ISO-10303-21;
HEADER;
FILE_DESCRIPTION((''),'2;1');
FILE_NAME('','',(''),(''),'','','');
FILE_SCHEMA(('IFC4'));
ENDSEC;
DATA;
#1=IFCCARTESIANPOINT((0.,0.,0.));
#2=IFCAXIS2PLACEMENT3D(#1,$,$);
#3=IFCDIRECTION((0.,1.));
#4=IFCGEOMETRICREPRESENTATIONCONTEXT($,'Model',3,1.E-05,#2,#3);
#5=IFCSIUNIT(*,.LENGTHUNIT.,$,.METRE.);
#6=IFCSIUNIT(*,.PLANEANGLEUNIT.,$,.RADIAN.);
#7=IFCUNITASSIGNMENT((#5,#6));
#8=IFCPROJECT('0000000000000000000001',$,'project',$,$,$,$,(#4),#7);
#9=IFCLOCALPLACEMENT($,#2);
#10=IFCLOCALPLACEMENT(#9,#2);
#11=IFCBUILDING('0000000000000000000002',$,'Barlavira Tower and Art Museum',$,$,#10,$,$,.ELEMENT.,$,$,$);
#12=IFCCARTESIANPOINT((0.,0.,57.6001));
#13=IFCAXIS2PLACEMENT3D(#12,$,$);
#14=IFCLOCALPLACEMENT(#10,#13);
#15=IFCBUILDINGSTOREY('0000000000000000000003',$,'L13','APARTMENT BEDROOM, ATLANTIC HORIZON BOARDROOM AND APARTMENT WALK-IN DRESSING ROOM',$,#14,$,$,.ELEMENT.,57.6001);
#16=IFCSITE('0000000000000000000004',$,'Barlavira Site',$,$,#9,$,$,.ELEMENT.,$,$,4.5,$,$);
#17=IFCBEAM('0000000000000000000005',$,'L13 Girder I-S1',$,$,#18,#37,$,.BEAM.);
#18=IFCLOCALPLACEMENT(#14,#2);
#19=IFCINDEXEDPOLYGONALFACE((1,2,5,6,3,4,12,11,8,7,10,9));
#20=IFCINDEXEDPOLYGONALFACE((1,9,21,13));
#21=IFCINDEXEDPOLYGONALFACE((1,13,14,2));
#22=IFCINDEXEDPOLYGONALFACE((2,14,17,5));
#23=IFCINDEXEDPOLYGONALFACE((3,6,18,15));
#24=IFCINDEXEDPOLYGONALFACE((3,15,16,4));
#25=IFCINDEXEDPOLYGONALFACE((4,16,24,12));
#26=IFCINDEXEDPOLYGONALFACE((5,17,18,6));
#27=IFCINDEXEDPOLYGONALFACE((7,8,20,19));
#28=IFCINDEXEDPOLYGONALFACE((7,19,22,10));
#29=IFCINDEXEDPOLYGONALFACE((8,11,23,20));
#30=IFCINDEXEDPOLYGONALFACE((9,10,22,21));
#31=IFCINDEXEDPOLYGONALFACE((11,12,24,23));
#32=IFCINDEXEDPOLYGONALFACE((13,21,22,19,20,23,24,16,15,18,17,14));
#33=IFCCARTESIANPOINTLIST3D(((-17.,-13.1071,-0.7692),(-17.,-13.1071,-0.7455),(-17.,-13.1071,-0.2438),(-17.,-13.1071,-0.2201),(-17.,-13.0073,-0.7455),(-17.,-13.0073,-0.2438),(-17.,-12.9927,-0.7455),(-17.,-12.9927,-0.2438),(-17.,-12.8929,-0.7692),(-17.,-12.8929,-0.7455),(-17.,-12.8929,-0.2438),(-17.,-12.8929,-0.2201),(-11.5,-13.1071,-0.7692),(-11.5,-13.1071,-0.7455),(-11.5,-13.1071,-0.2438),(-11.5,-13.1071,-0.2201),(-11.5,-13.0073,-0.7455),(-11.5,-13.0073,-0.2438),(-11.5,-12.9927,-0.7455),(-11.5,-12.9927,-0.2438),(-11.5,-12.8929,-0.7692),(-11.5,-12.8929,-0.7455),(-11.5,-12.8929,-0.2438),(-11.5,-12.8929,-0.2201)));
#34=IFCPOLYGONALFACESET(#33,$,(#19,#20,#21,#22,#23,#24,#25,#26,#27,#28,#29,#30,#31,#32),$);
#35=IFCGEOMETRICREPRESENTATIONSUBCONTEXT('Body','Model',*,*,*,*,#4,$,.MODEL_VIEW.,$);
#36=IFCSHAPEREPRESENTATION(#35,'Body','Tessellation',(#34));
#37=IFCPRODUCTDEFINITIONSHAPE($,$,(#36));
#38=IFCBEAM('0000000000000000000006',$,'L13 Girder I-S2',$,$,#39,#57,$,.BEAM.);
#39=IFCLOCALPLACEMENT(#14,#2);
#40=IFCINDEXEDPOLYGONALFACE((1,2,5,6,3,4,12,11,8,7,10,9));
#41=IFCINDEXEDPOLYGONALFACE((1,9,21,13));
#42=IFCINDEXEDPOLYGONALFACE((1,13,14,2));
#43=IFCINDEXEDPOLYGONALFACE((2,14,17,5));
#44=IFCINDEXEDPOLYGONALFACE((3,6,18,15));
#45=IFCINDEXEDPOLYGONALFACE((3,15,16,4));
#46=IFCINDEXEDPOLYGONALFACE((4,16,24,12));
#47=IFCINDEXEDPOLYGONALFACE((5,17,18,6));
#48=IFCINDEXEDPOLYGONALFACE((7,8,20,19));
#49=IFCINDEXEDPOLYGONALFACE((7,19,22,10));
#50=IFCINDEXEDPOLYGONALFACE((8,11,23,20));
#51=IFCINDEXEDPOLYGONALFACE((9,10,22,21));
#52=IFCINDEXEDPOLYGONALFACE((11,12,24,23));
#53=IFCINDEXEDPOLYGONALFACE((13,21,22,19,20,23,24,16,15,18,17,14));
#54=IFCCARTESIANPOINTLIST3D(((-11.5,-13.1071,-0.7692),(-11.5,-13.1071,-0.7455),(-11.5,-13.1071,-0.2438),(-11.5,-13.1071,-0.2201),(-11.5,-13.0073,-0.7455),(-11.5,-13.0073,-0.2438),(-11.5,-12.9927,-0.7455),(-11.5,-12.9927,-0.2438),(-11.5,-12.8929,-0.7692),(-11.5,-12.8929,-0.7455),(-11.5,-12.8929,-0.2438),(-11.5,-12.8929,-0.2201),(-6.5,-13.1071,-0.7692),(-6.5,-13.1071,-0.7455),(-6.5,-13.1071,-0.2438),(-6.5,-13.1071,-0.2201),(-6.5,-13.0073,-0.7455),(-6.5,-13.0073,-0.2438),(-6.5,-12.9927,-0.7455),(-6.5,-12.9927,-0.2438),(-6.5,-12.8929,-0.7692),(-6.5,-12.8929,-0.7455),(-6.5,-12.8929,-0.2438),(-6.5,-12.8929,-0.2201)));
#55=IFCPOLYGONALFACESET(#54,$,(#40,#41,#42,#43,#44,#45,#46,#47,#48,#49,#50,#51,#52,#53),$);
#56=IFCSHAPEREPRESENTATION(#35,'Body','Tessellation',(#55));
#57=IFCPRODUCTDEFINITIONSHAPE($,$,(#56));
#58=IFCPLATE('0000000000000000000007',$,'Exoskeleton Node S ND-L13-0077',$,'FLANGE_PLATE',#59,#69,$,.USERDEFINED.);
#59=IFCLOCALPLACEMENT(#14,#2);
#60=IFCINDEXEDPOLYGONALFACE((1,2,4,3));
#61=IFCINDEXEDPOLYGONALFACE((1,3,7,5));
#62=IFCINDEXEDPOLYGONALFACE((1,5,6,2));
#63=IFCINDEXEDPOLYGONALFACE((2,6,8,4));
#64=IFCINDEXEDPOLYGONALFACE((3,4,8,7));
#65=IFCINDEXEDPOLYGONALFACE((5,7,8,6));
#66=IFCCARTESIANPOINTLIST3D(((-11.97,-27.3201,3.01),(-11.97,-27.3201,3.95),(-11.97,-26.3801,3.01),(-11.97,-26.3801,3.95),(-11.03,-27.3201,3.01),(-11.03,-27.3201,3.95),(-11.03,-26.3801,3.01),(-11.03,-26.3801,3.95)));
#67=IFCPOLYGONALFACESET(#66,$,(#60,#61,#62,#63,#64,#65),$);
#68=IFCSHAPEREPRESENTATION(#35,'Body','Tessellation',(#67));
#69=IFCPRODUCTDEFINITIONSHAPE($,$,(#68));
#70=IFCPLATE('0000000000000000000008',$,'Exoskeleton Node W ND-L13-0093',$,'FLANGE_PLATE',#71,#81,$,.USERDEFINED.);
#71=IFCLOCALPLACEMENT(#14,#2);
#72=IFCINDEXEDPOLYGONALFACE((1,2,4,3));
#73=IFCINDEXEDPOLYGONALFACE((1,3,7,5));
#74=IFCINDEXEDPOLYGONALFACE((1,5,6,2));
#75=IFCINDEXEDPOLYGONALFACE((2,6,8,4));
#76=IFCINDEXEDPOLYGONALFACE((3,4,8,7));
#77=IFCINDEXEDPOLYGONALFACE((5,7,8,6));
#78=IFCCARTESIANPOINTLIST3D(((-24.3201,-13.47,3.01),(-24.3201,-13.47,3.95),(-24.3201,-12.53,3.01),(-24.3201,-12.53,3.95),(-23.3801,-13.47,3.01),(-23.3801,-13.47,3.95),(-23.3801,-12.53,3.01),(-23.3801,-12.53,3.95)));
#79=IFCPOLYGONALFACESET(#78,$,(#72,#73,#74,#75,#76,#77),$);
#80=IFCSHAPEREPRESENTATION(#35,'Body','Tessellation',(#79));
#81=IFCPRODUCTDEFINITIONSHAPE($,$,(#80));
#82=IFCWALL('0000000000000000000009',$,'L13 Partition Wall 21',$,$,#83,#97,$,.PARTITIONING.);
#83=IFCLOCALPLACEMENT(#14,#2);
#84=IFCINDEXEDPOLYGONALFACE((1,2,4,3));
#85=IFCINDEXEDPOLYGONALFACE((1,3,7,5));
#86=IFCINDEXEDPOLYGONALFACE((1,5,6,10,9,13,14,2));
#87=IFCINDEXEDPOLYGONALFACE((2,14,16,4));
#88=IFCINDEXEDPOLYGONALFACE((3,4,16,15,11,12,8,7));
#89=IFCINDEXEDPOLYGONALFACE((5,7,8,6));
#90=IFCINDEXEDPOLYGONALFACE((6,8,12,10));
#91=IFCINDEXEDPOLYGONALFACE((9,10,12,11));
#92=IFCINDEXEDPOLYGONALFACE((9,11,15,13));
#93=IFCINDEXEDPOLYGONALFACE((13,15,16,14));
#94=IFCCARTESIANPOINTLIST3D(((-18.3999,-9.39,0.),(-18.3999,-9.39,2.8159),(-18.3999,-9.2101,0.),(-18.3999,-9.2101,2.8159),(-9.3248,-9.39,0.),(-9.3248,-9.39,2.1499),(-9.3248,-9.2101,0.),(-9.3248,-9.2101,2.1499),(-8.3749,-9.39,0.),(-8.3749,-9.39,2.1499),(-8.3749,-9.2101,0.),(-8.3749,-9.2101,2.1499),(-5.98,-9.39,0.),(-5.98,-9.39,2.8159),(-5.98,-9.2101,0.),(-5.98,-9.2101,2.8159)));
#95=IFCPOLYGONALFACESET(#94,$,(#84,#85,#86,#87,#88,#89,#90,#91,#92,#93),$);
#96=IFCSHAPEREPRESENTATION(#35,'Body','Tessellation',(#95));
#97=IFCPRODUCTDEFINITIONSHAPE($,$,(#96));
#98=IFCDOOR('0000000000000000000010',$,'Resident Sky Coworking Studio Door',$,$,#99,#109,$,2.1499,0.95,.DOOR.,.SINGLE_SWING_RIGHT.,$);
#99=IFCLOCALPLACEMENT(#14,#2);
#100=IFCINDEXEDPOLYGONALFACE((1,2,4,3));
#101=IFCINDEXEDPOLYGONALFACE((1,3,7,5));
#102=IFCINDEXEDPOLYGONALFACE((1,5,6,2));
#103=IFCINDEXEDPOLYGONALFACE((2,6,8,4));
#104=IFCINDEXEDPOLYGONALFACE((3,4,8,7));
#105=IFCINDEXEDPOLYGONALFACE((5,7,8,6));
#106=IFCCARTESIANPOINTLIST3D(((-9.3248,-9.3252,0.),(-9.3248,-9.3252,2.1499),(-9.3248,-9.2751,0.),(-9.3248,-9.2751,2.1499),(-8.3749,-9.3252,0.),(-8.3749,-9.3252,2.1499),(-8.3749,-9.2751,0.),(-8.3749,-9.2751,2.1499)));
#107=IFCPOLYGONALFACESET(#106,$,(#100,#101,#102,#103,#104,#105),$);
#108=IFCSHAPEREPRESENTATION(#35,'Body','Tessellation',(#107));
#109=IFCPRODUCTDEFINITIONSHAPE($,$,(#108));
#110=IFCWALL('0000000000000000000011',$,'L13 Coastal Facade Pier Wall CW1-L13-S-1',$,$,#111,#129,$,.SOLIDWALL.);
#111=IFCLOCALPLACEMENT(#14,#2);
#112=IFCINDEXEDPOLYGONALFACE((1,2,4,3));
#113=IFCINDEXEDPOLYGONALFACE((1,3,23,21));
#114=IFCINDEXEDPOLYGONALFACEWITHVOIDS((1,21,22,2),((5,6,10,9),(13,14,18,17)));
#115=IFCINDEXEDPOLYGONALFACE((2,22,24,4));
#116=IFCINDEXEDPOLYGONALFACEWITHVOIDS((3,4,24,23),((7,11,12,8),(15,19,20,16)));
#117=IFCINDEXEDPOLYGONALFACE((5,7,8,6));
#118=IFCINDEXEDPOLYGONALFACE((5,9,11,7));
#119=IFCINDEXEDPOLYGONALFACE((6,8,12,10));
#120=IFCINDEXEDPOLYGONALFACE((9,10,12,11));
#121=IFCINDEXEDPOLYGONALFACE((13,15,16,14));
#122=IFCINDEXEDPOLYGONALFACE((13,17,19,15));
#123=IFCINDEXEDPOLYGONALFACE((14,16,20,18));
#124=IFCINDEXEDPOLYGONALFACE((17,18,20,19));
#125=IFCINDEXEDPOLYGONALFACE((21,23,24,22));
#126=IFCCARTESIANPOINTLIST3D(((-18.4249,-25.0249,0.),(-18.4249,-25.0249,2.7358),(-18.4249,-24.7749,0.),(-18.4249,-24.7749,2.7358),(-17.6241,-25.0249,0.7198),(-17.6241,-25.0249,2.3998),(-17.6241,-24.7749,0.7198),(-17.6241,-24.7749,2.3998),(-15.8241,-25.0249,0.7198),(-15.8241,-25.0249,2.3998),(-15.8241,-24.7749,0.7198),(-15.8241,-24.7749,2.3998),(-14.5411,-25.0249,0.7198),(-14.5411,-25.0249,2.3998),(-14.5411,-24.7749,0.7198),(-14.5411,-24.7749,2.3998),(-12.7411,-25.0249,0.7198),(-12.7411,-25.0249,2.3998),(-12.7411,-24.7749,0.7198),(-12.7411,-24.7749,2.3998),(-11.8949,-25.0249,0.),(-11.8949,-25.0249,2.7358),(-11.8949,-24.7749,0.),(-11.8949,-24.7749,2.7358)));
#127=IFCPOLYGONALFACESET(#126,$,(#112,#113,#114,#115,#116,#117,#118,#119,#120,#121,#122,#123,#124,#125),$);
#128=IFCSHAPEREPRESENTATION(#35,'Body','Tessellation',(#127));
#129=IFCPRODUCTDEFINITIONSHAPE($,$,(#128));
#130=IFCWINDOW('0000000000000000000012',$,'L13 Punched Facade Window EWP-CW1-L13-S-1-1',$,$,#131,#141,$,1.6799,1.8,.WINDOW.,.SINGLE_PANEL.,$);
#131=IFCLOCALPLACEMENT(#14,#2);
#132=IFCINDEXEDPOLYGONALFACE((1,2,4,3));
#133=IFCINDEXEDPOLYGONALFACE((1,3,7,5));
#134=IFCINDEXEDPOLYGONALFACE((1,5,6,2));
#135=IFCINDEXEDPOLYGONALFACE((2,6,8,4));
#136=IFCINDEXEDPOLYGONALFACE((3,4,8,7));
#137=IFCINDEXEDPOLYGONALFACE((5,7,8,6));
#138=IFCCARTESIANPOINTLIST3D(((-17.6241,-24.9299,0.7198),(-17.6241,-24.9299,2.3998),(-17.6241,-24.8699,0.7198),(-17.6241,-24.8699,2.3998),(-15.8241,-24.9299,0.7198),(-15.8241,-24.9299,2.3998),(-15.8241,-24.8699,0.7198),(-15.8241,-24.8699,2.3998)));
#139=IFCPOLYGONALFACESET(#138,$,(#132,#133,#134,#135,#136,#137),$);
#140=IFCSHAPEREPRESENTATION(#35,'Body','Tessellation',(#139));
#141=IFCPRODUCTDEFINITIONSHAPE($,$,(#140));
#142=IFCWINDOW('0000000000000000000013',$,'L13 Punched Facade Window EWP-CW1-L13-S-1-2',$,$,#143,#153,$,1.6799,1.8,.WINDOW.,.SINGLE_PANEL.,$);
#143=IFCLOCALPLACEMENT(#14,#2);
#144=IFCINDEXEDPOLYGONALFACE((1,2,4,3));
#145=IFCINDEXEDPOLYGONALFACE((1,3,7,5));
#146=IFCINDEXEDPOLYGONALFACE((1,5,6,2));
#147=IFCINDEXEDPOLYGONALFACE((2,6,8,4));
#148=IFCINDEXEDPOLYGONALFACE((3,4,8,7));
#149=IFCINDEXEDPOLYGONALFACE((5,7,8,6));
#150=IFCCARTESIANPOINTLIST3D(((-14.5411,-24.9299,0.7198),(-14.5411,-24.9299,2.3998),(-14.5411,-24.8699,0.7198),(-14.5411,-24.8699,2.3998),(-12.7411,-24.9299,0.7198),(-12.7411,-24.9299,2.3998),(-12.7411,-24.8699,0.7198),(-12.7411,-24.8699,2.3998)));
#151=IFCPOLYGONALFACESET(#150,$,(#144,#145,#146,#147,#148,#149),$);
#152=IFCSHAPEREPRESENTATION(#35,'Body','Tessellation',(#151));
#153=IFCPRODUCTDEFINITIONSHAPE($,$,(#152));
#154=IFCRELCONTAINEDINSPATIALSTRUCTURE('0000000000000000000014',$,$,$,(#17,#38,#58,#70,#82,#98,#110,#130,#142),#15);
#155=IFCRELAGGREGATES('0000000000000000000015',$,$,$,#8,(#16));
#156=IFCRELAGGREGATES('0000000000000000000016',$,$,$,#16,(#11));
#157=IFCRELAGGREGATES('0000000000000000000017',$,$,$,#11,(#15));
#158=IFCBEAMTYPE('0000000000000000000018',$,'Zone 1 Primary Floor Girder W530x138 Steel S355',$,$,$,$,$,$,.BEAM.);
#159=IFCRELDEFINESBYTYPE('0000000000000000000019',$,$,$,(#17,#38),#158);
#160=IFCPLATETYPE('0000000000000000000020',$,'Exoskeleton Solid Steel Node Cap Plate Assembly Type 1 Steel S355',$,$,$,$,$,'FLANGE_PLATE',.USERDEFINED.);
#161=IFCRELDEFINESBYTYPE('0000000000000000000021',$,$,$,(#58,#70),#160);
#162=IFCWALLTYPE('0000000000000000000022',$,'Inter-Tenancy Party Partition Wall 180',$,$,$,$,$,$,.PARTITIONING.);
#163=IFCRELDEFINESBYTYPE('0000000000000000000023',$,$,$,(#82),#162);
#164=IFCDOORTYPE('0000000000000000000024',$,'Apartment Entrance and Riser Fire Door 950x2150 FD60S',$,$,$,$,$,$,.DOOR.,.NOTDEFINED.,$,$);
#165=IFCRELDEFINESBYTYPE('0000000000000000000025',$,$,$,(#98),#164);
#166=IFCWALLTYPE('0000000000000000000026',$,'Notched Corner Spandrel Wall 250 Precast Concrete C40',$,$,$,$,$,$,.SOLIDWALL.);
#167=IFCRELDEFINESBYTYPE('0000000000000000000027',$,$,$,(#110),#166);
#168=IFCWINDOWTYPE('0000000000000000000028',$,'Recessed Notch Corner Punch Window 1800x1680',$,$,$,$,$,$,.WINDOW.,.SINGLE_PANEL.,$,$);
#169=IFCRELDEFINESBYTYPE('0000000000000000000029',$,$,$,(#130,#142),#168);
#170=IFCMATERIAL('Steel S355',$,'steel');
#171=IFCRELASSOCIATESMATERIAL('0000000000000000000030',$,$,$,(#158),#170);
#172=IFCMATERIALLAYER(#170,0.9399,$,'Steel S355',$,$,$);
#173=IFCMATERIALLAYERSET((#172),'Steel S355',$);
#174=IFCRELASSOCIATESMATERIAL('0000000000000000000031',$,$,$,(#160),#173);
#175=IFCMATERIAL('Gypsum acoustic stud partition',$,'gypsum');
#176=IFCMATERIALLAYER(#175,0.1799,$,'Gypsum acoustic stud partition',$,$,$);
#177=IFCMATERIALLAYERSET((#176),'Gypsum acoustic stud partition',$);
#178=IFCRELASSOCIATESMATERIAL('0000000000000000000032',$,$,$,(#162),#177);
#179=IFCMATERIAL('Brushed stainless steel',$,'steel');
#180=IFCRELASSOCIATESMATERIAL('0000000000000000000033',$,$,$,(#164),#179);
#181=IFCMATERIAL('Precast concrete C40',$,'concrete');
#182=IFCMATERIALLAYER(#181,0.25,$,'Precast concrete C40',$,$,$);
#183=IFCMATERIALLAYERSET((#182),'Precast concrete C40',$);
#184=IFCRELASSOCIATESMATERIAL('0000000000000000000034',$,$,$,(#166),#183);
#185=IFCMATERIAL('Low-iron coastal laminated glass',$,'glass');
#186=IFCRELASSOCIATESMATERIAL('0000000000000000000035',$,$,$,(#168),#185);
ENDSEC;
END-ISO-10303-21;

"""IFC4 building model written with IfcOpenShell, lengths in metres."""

from ifc_helpers import new_model, si_unit, direction, frame, frame_2d, origin, origin_2d, place, context, subcontext, project, spatial, rectangle, i_section, extrude, material, layer, layer_set, material_profile, profile_set, type_object, element, fill, save


model = new_model("IFC4")

# Units and contexts
model_context = context("Model", 3, precision=1e-05, world=origin(), true_north=direction((0.0, 1.0)))
body_context = subcontext(model_context, "Body", "Model", "MODEL_VIEW")
ifc_project = project(units=[si_unit("LENGTHUNIT", "METRE"), si_unit("PLANEANGLEUNIT", "RADIAN")], contexts=[model_context])

# Site, building, storey
site_placement = place(None, origin())
site = spatial("IfcSite", under=ifc_project, at=site_placement, Name="Barlavira Site", CompositionType="ELEMENT", RefElevation=4.5)
building_placement = place(site_placement, origin())
building = spatial("IfcBuilding", under=site, at=building_placement, Name="Barlavira Tower and Art Museum", CompositionType="ELEMENT")
storey_placement = place(building_placement, frame((0.0, 0.0, 57.6001)))
storey = spatial("IfcBuildingStorey", under=building, at=storey_placement, Name="L13", Description="APARTMENT BEDROOM, ATLANTIC HORIZON BOARDROOM AND APARTMENT WALK-IN DRESSING ROOM", CompositionType="ELEMENT", Elevation=57.6001)

# Beams
ifc_material_1 = material(Name="Steel S355", Category="steel")
ifc_material_profile_1 = material_profile(ifc_material_1, i_section(OverallWidth=0.2141, OverallDepth=0.5491, WebThickness=0.0146, FlangeThickness=0.0237, at=origin_2d()), Name="W530x138.0")
ifc_profile_set_1 = profile_set([ifc_material_profile_1], Name="Steel S355")
beam_type_1 = type_object("IfcBeamType", Name="Zone 1 Primary Floor Girder W530x138 Steel S355", PredefinedType="BEAM", material=ifc_profile_set_1)
for number, where, z_axis, x_axis, name in (
    (1, (-17.0, -13.0, -0.4946), (1.0, 0.0, 0.0), (0.0, 1.0, 0.0), "L13 Girder I-S1"),
):
    element("IfcBeam", number, at=place(storey_placement, frame(where, z_axis=z_axis, x_axis=x_axis)), inside=storey, type_object=beam_type_1, Name=name, PredefinedType="BEAM", context=body_context, shape_type="SweptSolid", body=[
        extrude(i_section(OverallWidth=0.2141, OverallDepth=0.5491, WebThickness=0.0146, FlangeThickness=0.0237, at=origin_2d()), origin(), (0.0, 0.0, 1.0), 5.5),
    ])
beam_1_placement = place(storey_placement, frame((-11.5, -13.0, -0.4946), z_axis=(1.0, 0.0, 0.0), x_axis=(0.0, 1.0, 0.0)))
element("IfcBeam", 2, at=beam_1_placement, inside=storey, type_object=beam_type_1, Name="L13 Girder I-S2", PredefinedType="BEAM", context=body_context, shape_type="SweptSolid", body=[
    extrude(i_section(OverallWidth=0.2141, OverallDepth=0.5491, WebThickness=0.0146, FlangeThickness=0.0237, at=origin_2d()), origin(), (0.0, 0.0, 1.0), 5.0),
])

# Plates
ifc_layer_1 = layer(ifc_material_1, 0.9399, Name="Steel S355")
ifc_layer_set_1 = layer_set([ifc_layer_1], Name="Steel S355")
plate_type = type_object("IfcPlateType", Name="Exoskeleton Solid Steel Node Cap Plate Assembly Type 1 Steel S355", ElementType="FLANGE_PLATE", PredefinedType="USERDEFINED", material=ifc_layer_set_1)
for number, where, z_axis, x_axis, name in (
    (3, (-11.5, -26.8501, 3.01), (0.0, 0.0, 1.0), (1.0, 0.0, 0.0), "Exoskeleton Node S ND-L13-0077"),
    (4, (-23.8501, -13.0, 3.01), (0.0, 0.0, 1.0), (1.0, 0.0, 0.0), "Exoskeleton Node W ND-L13-0093"),
):
    element("IfcPlate", number, at=place(storey_placement, frame(where, z_axis=z_axis, x_axis=x_axis)), inside=storey, type_object=plate_type, Name=name, ObjectType="FLANGE_PLATE", PredefinedType="USERDEFINED", context=body_context, shape_type="SweptSolid", body=[
        extrude(rectangle(XDim=0.9399, YDim=0.9399, at=origin_2d()), origin(), (0.0, 0.0, 1.0), 0.9399),
    ])

# Wall, opening, door
ifc_material_2 = material(Name="Gypsum acoustic stud partition", Category="gypsum")
ifc_layer_2 = layer(ifc_material_2, 0.1799, Name="Gypsum acoustic stud partition")
ifc_layer_set_2 = layer_set([ifc_layer_2], Name="Gypsum acoustic stud partition")
wall_type_1 = type_object("IfcWallType", Name="Inter-Tenancy Party Partition Wall 180", PredefinedType="PARTITIONING", material=ifc_layer_set_2)
wall_1_placement = place(storey_placement, frame((-18.3999, -9.3, 0.0), z_axis=(0.0, 0.0, 1.0), x_axis=(1.0, 0.0, 0.0)))
wall_1 = element("IfcWall", 5, at=wall_1_placement, inside=storey, type_object=wall_type_1, Name="L13 Partition Wall 21", PredefinedType="PARTITIONING", context=body_context, shape_type="SweptSolid", body=[
    extrude(rectangle(XDim=12.4199, YDim=0.1799, at=frame_2d((6.21, 0.0))), origin(), (0.0, 0.0, 1.0), 2.8159),
])
opening_1_placement = place(wall_1_placement, frame((9.075, 0.0, 0.0)))
opening_1 = element("IfcOpeningElement", 6, at=opening_1_placement, cuts=wall_1, PredefinedType="OPENING", context=body_context, shape_type="SweptSolid", body=[
    extrude(rectangle(XDim=0.95, YDim=2.1499, at=frame_2d((0.4751, 1.075))), frame((0.0, 0.1001, 0.0), z_axis=(0.0, -1.0, 0.0), x_axis=(1.0, 0.0, 0.0)), (0.0, 0.0, 1.0), 0.2),
])
ifc_material_3 = material(Name="Brushed stainless steel", Category="steel")
door_type = type_object("IfcDoorType", Name="Apartment Entrance and Riser Fire Door 950x2150 FD60S", OperationType="NOTDEFINED", PredefinedType="DOOR", material=ifc_material_3)
door_placement = place(opening_1_placement, origin())
door = element("IfcDoor", 7, at=door_placement, inside=storey, type_object=door_type, Name="Resident Sky Coworking Studio Door", OperationType="SINGLE_SWING_RIGHT", OverallHeight=2.1499, OverallWidth=0.95, PredefinedType="DOOR", context=body_context, shape_type="SweptSolid", body=[
    extrude(rectangle(XDim=0.95, YDim=2.1499, at=frame_2d((0.4751, 1.075))), frame((0.0, 0.0249, 0.0), z_axis=(0.0, -1.0, 0.0), x_axis=(1.0, 0.0, 0.0)), (0.0, 0.0, 1.0), 0.05),
])
fill(opening_1, door)

# Wall, openings, windows
ifc_material_4 = material(Name="Precast concrete C40", Category="concrete")
ifc_layer_3 = layer(ifc_material_4, 0.25, Name="Precast concrete C40")
ifc_layer_set_3 = layer_set([ifc_layer_3], Name="Precast concrete C40")
wall_type_2 = type_object("IfcWallType", Name="Notched Corner Spandrel Wall 250 Precast Concrete C40", PredefinedType="SOLIDWALL", material=ifc_layer_set_3)
wall_2_placement = place(storey_placement, frame((-18.425, -24.8999, 0.0), z_axis=(0.0, 0.0, 1.0), x_axis=(1.0, 0.0, 0.0)))
wall_2 = element("IfcWall", 8, at=wall_2_placement, inside=storey, type_object=wall_type_2, Name="L13 Coastal Facade Pier Wall CW1-L13-S-1", PredefinedType="SOLIDWALL", context=body_context, shape_type="SweptSolid", body=[
    extrude(rectangle(XDim=6.53, YDim=0.25, at=frame_2d((3.2651, 0.0))), origin(), (0.0, 0.0, 1.0), 2.7358),
])
opening_2_placement = place(wall_2_placement, frame((0.801, 0.0, 0.72)))
opening_2 = element("IfcOpeningElement", 9, at=opening_2_placement, cuts=wall_2, PredefinedType="OPENING", context=body_context, shape_type="SweptSolid", body=[
    extrude(rectangle(XDim=1.8, YDim=1.6799, at=frame_2d((0.8999, 0.8398))), frame((0.0, 0.135, 0.0), z_axis=(0.0, -1.0, 0.0), x_axis=(1.0, 0.0, 0.0)), (0.0, 0.0, 1.0), 0.27),
])
opening_3_placement = place(wall_2_placement, frame((3.884, 0.0, 0.72)))
opening_3 = element("IfcOpeningElement", 10, at=opening_3_placement, cuts=wall_2, PredefinedType="OPENING", context=body_context, shape_type="SweptSolid", body=[
    extrude(rectangle(XDim=1.8, YDim=1.6799, at=frame_2d((0.8999, 0.8398))), frame((0.0, 0.135, 0.0), z_axis=(0.0, -1.0, 0.0), x_axis=(1.0, 0.0, 0.0)), (0.0, 0.0, 1.0), 0.27),
])
ifc_material_5 = material(Name="Low-iron coastal laminated glass", Category="glass")
window_type = type_object("IfcWindowType", Name="Recessed Notch Corner Punch Window 1800x1680", PartitioningType="SINGLE_PANEL", PredefinedType="WINDOW", material=ifc_material_5)
window_1_placement = place(opening_2_placement, origin())
window_1 = element("IfcWindow", 11, at=window_1_placement, inside=storey, type_object=window_type, Name="L13 Punched Facade Window EWP-CW1-L13-S-1-1", OverallHeight=1.6799, OverallWidth=1.8, PartitioningType="SINGLE_PANEL", PredefinedType="WINDOW", context=body_context, shape_type="SweptSolid", body=[
    extrude(rectangle(XDim=1.8, YDim=1.6799, at=frame_2d((0.8999, 0.8398))), frame((0.0, 0.03, 0.0), z_axis=(0.0, -1.0, 0.0), x_axis=(1.0, 0.0, 0.0)), (0.0, 0.0, 1.0), 0.0601),
])
fill(opening_2, window_1)
window_2_placement = place(opening_3_placement, origin())
window_2 = element("IfcWindow", 12, at=window_2_placement, inside=storey, type_object=window_type, Name="L13 Punched Facade Window EWP-CW1-L13-S-1-2", OverallHeight=1.6799, OverallWidth=1.8, PartitioningType="SINGLE_PANEL", PredefinedType="WINDOW", context=body_context, shape_type="SweptSolid", body=[
    extrude(rectangle(XDim=1.8, YDim=1.6799, at=frame_2d((0.8999, 0.8398))), frame((0.0, 0.03, 0.0), z_axis=(0.0, -1.0, 0.0), x_axis=(1.0, 0.0, 0.0)), (0.0, 0.0, 1.0), 0.0601),
])
fill(opening_3, window_2)

save(model, "model.ifc")
